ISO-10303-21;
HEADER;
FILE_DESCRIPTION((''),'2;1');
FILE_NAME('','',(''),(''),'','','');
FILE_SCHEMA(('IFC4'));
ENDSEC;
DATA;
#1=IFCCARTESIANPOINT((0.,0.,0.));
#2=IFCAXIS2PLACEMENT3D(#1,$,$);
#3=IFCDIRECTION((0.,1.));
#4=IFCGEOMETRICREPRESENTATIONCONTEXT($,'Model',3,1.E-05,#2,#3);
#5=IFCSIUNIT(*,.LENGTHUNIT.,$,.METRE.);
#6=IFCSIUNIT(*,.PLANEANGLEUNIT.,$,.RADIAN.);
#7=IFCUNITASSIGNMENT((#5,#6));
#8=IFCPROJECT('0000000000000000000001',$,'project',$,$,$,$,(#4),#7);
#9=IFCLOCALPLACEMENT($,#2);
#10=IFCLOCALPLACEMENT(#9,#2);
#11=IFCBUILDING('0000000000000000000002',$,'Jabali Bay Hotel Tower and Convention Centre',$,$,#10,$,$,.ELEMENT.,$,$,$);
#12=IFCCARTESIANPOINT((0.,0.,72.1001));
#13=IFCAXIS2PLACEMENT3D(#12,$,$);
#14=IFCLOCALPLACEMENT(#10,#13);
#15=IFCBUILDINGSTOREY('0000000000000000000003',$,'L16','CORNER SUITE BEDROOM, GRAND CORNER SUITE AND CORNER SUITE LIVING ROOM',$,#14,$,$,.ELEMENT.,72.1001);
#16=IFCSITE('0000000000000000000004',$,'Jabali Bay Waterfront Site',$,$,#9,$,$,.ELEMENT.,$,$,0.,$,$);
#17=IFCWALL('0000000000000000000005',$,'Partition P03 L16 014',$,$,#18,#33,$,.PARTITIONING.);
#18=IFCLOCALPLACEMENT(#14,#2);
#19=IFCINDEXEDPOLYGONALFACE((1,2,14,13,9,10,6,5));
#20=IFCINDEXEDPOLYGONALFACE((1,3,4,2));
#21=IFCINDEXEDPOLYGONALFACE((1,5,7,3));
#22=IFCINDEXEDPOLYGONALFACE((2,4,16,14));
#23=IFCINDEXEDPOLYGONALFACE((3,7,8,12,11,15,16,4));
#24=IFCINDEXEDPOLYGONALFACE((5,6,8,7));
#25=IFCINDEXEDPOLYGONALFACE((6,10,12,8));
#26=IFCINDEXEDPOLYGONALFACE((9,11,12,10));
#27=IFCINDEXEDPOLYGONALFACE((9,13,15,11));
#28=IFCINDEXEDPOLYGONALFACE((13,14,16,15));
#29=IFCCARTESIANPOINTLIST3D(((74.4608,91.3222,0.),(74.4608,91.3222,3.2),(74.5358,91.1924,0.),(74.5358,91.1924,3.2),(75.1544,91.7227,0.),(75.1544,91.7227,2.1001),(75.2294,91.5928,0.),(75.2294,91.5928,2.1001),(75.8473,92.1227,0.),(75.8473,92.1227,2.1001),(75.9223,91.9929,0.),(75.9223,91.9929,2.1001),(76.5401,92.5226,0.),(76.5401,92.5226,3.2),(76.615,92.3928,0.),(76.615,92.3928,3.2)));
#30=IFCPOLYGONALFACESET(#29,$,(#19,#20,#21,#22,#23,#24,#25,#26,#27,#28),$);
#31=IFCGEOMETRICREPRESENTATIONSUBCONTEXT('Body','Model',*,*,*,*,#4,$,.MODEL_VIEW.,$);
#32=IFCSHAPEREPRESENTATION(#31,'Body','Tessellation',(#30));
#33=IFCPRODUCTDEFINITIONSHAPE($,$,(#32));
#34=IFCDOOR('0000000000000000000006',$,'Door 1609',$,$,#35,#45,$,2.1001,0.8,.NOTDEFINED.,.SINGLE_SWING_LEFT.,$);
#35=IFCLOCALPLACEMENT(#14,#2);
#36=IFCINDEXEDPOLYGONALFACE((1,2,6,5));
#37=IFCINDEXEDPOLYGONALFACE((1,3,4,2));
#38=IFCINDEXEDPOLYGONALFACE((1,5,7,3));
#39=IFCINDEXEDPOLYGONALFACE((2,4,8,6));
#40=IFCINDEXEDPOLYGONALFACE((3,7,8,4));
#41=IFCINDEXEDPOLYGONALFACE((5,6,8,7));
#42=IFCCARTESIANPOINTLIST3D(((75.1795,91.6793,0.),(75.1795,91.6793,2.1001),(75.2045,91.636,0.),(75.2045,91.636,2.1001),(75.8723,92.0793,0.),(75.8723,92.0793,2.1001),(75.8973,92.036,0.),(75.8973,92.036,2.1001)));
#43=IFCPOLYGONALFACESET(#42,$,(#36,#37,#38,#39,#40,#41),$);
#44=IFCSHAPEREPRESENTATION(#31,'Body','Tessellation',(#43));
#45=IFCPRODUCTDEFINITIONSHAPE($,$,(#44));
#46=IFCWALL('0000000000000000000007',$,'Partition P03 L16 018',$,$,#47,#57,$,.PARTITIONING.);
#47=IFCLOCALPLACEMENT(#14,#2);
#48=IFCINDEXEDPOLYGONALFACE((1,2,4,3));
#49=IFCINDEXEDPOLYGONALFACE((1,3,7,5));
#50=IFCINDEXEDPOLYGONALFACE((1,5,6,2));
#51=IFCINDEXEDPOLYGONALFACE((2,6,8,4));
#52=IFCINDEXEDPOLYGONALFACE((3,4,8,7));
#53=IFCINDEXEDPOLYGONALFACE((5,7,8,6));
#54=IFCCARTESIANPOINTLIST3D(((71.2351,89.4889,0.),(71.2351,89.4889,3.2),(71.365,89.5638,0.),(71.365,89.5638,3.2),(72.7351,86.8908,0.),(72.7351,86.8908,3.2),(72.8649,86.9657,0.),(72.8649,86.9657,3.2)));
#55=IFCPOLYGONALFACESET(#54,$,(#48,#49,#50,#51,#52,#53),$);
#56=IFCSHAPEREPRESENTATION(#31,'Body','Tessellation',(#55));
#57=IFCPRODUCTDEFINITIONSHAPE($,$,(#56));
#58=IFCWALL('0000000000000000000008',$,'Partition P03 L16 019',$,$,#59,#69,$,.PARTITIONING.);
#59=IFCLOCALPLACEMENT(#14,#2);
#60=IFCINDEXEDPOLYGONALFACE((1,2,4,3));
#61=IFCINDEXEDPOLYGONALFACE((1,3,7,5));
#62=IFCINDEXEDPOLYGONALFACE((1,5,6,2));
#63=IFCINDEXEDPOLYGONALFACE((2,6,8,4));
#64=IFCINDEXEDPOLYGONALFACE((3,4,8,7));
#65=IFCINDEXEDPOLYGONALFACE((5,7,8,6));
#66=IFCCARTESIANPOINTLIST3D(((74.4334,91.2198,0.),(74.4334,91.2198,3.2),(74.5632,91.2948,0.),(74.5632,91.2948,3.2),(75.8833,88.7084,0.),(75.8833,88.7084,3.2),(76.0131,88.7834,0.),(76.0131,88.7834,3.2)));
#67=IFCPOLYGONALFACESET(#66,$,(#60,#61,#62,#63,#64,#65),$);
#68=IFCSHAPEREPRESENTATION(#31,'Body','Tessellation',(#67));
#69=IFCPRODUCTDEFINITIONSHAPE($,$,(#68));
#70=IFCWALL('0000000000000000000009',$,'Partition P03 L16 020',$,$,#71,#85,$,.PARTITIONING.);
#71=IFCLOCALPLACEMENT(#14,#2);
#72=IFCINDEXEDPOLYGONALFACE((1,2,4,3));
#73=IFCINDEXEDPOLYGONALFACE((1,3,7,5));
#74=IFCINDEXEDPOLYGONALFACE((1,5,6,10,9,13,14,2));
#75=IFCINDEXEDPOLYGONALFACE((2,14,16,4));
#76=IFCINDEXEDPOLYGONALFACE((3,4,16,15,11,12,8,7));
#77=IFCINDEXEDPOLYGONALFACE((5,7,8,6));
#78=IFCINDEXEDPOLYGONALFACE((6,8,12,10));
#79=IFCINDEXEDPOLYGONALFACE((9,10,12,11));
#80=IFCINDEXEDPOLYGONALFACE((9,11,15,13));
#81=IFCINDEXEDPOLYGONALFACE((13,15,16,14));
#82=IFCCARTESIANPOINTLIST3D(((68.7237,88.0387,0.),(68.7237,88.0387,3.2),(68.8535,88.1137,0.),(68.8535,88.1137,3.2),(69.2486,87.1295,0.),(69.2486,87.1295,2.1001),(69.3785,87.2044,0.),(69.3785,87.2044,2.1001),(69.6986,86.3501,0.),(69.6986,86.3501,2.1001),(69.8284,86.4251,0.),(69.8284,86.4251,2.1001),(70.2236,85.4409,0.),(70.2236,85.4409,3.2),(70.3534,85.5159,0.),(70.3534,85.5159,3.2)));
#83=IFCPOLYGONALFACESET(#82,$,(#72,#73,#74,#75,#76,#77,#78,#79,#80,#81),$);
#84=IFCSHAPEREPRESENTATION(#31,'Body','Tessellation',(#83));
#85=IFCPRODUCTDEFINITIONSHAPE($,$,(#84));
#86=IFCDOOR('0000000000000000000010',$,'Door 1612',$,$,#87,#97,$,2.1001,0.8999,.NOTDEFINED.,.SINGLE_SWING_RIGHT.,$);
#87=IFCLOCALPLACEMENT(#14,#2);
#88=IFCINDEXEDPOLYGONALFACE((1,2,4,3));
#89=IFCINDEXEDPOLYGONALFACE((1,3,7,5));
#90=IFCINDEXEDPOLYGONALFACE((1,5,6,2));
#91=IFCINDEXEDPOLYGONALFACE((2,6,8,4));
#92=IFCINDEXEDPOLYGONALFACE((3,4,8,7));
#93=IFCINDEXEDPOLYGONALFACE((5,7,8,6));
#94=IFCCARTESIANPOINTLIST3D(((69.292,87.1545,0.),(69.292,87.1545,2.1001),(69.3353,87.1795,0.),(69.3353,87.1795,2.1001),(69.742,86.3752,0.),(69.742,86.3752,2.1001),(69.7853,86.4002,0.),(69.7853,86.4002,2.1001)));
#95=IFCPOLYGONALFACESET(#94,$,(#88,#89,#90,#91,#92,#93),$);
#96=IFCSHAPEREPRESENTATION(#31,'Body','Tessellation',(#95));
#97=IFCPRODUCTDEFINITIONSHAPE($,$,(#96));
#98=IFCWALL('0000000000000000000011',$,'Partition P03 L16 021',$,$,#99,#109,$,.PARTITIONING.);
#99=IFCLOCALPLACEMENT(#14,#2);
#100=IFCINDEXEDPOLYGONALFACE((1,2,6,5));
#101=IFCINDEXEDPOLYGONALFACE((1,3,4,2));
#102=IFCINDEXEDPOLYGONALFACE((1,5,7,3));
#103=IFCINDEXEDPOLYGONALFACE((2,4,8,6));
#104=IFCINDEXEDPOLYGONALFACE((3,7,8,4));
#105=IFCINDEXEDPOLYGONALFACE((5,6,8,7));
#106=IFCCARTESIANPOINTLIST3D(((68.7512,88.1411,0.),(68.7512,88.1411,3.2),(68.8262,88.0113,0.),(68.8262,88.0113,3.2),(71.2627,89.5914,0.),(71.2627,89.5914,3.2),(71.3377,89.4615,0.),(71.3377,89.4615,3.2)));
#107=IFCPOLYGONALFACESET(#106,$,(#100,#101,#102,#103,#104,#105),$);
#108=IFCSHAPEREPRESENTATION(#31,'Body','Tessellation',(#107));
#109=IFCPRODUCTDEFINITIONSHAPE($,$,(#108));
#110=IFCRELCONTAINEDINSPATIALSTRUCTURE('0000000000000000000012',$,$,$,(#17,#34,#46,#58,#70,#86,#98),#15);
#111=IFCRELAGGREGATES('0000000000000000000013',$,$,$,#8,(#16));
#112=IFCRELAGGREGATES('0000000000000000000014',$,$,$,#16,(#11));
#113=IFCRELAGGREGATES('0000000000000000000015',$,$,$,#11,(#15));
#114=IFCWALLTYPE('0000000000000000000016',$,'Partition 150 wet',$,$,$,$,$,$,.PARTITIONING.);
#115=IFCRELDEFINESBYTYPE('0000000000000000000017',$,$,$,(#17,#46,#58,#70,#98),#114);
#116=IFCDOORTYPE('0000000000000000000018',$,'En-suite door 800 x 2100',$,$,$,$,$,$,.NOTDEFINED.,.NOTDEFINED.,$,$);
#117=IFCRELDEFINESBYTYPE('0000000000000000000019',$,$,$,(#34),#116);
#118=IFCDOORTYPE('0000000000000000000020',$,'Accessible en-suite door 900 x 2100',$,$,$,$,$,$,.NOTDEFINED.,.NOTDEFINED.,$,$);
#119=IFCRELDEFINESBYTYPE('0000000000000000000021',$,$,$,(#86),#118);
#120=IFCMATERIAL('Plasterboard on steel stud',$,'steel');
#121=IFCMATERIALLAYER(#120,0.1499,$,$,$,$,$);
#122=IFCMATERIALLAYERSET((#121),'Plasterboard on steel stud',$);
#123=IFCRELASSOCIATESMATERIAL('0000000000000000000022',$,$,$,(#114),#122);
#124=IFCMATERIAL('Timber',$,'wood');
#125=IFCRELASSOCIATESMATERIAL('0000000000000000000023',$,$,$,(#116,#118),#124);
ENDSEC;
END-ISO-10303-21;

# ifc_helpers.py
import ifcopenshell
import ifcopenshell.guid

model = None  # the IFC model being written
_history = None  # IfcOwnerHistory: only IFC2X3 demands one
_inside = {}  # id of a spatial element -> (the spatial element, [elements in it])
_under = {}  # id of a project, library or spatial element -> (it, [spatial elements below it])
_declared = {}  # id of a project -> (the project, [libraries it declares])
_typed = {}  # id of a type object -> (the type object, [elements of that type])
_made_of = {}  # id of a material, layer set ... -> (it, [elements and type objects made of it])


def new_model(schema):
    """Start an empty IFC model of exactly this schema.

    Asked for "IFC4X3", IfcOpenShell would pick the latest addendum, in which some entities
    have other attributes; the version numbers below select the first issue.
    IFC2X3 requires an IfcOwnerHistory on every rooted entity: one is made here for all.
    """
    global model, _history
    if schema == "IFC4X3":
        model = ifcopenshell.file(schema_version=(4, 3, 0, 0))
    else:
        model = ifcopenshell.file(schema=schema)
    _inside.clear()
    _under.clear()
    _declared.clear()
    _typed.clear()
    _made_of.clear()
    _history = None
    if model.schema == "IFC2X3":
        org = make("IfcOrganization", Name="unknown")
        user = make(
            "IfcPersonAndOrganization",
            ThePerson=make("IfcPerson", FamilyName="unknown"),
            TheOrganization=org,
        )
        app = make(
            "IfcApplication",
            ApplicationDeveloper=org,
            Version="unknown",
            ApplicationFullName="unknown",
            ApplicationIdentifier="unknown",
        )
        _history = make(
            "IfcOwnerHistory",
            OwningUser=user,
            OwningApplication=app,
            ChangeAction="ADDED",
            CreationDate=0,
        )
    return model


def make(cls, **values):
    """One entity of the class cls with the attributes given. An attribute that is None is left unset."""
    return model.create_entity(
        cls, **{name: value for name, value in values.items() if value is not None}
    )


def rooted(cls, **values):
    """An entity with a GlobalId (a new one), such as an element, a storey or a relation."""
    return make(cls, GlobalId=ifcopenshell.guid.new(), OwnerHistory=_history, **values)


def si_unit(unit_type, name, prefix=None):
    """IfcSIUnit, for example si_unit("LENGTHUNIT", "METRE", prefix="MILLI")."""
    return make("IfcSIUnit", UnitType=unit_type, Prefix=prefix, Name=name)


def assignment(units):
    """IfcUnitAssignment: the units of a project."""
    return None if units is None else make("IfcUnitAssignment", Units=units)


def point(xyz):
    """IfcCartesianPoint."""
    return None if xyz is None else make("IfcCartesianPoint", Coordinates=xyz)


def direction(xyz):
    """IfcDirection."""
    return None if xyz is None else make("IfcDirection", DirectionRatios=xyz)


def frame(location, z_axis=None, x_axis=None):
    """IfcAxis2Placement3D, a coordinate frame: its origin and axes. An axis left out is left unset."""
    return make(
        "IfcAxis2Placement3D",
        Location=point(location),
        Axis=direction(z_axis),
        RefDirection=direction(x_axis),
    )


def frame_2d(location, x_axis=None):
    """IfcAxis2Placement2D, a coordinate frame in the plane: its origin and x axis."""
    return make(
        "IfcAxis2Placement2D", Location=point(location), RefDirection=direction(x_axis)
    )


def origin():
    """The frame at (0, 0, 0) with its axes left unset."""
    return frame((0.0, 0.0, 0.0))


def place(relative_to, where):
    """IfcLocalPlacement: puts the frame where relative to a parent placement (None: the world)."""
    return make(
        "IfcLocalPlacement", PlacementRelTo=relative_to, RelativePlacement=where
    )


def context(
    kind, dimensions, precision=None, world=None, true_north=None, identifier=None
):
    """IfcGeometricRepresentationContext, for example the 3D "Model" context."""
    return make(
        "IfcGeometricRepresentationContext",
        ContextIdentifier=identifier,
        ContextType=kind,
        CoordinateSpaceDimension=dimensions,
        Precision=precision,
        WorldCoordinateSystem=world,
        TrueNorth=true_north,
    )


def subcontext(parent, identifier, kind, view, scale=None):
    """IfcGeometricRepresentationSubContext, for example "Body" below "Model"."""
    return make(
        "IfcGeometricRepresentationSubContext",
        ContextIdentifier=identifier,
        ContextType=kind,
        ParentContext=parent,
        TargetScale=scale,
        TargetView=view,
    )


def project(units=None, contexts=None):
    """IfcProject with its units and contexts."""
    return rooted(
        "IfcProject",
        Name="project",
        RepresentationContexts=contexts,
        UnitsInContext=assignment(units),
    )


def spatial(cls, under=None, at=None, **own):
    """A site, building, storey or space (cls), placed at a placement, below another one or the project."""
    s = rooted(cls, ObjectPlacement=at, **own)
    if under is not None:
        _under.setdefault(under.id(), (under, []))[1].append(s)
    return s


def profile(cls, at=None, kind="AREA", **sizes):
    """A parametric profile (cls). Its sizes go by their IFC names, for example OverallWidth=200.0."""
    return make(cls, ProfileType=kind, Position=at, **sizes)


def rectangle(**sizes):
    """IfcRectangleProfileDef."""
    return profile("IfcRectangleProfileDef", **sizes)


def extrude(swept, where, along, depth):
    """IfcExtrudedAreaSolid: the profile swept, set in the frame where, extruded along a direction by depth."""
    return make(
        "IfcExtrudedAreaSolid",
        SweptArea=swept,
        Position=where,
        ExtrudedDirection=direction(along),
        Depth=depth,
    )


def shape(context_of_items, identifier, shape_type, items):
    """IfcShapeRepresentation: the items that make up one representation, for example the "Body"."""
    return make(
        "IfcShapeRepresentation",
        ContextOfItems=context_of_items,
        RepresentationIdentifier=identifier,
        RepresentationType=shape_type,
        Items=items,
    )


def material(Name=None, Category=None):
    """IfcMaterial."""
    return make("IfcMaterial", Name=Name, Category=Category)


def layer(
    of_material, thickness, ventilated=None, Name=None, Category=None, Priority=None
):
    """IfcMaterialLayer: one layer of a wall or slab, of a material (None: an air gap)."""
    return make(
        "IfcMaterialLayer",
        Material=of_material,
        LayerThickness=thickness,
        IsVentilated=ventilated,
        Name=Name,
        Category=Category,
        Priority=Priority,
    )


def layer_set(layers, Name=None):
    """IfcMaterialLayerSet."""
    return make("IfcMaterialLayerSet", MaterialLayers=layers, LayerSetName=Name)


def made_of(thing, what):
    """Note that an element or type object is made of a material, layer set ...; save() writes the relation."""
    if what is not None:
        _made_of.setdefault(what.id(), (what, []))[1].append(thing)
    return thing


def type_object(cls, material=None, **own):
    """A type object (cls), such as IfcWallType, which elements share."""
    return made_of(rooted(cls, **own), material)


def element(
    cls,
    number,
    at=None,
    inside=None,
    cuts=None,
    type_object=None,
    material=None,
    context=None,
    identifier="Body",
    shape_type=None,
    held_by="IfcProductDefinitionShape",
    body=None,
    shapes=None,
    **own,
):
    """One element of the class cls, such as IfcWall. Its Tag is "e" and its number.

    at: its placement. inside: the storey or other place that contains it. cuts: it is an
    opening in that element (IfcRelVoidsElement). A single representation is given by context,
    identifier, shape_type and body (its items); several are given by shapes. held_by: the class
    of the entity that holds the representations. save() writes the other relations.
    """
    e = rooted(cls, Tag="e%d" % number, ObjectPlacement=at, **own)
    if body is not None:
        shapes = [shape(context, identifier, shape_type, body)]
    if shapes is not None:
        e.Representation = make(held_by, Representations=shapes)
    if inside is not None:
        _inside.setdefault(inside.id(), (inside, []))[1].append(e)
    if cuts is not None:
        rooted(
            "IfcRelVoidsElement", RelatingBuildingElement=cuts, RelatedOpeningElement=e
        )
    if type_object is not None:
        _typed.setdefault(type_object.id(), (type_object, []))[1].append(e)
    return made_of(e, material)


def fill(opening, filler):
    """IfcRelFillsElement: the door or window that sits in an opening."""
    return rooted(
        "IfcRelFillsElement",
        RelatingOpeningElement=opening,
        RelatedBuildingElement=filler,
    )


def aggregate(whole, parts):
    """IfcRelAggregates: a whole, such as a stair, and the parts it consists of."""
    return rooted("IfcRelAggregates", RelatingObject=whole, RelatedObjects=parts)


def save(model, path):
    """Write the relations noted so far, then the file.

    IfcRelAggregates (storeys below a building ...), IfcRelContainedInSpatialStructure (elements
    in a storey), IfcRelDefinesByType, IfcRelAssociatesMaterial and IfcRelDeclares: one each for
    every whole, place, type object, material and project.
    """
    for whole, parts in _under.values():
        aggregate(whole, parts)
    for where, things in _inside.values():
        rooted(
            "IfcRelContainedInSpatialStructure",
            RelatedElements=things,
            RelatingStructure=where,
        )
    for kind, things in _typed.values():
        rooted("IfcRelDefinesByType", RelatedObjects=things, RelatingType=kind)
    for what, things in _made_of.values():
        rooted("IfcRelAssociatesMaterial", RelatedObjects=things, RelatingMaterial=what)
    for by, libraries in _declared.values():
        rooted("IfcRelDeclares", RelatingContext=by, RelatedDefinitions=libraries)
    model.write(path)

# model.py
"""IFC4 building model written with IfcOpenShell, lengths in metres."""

from ifc_helpers import new_model, si_unit, direction, frame, frame_2d, origin, place, context, subcontext, project, spatial, rectangle, extrude, material, layer, layer_set, type_object, element, fill, save


model = new_model("IFC4")

# Units and contexts
model_context = context("Model", 3, precision=1e-05, world=origin(), true_north=direction((0.0, 1.0)))
body_context = subcontext(model_context, "Body", "Model", "MODEL_VIEW")
ifc_project = project(units=[si_unit("LENGTHUNIT", "METRE"), si_unit("PLANEANGLEUNIT", "RADIAN")], contexts=[model_context])

# Site, building, storey
site_placement = place(None, origin())
site = spatial("IfcSite", under=ifc_project, at=site_placement, Name="Jabali Bay Waterfront Site", CompositionType="ELEMENT", RefElevation=0.0)
building_placement = place(site_placement, origin())
building = spatial("IfcBuilding", under=site, at=building_placement, Name="Jabali Bay Hotel Tower and Convention Centre", CompositionType="ELEMENT")
storey_placement = place(building_placement, frame((0.0, 0.0, 72.1001)))
storey = spatial("IfcBuildingStorey", under=building, at=storey_placement, Name="L16", Description="CORNER SUITE BEDROOM, GRAND CORNER SUITE AND CORNER SUITE LIVING ROOM", CompositionType="ELEMENT", Elevation=72.1001)

# Shared definitions
ifc_material_1 = material(Name="Timber", Category="wood")

# Shared definitions
ifc_material_2 = material(Name="Plasterboard on steel stud", Category="steel")

# Wall, opening, door
ifc_layer_1 = layer(ifc_material_2, 0.1499)
ifc_layer_set_1 = layer_set([ifc_layer_1], Name="Plasterboard on steel stud")
wall_type_1 = type_object("IfcWallType", Name="Partition 150 wet", PredefinedType="PARTITIONING", material=ifc_layer_set_1)
wall_1_placement = place(storey_placement, frame((74.4983, 91.2573, 0.0), z_axis=(0.0, 0.0, 1.0), x_axis=(0.866038, 0.499978, 0.0)))
wall_1 = element("IfcWall", 1, at=wall_1_placement, inside=storey, type_object=wall_type_1, Name="Partition P03 L16 014", PredefinedType="PARTITIONING", context=body_context, shape_type="SweptSolid", body=[
    extrude(rectangle(XDim=2.4009, YDim=0.1499, at=frame_2d((1.2004, 0.0))), origin(), (0.0, 0.0, 1.0), 3.2),
])
opening_1_placement = place(wall_1_placement, frame((0.801, 0.0, 0.0)))
opening_1 = element("IfcOpeningElement", 2, at=opening_1_placement, cuts=wall_1, PredefinedType="OPENING", context=body_context, shape_type="SweptSolid", body=[
    extrude(rectangle(XDim=0.8, YDim=2.1001, at=frame_2d((0.3999, 1.05))), frame((0.0, 0.0854, 0.0), z_axis=(0.0, -1.0, 0.0), x_axis=(1.0, 0.0, 0.0)), (0.0, 0.0, 1.0), 0.1709),
])
door_type_1 = type_object("IfcDoorType", Name="En-suite door 800 x 2100", OperationType="NOTDEFINED", PredefinedType="NOTDEFINED", material=ifc_material_1)
door_1_placement = place(opening_1_placement, origin())
door_1 = element("IfcDoor", 3, at=door_1_placement, inside=storey, type_object=door_type_1, Name="Door 1609", OperationType="SINGLE_SWING_LEFT", OverallHeight=2.1001, OverallWidth=0.8, PredefinedType="NOTDEFINED", context=body_context, shape_type="SweptSolid", body=[
    extrude(rectangle(XDim=0.8, YDim=2.1001, at=frame_2d((0.3999, 1.05))), frame((0.0, 0.0249, 0.0), z_axis=(0.0, -1.0, 0.0), x_axis=(1.0, 0.0, 0.0)), (0.0, 0.0, 1.0), 0.05),
])
fill(opening_1, door_1)

# Walls
wall_2_placement = place(storey_placement, frame((71.3, 89.5264, 0.0), z_axis=(0.0, 0.0, 1.0), x_axis=(0.49999, -0.866031, 0.0)))
element("IfcWall", 4, at=wall_2_placement, inside=storey, type_object=wall_type_1, Name="Partition P03 L16 018", PredefinedType="PARTITIONING", context=body_context, shape_type="SweptSolid", body=[
    extrude(rectangle(XDim=3.0, YDim=0.1499, at=frame_2d((1.5, 0.0))), origin(), (0.0, 0.0, 1.0), 3.2),
])
wall_3_placement = place(storey_placement, frame((74.4983, 91.2573, 0.0), z_axis=(0.0, 0.0, 1.0), x_axis=(0.499987, -0.866033, 0.0)))
element("IfcWall", 5, at=wall_3_placement, inside=storey, type_object=wall_type_1, Name="Partition P03 L16 019", PredefinedType="PARTITIONING", context=body_context, shape_type="SweptSolid", body=[
    extrude(rectangle(XDim=2.8999, YDim=0.1499, at=frame_2d((1.45, 0.0))), origin(), (0.0, 0.0, 1.0), 3.2),
])

# Wall, opening, door
wall_4_placement = place(storey_placement, frame((70.2886, 85.4783, 0.0), z_axis=(0.0, 0.0, 1.0), x_axis=(-0.500025, 0.866011, 0.0)))
wall_4 = element("IfcWall", 6, at=wall_4_placement, inside=storey, type_object=wall_type_1, Name="Partition P03 L16 020", PredefinedType="PARTITIONING", context=body_context, shape_type="SweptSolid", body=[
    extrude(rectangle(XDim=2.9998, YDim=0.1499, at=frame_2d((1.5, 0.0))), origin(), (0.0, 0.0, 1.0), 3.2),
])
opening_2_placement = place(wall_4_placement, frame((1.05, 0.0, 0.0)))
opening_2 = element("IfcOpeningElement", 7, at=opening_2_placement, cuts=wall_4, PredefinedType="OPENING", context=body_context, shape_type="SweptSolid", body=[
    extrude(rectangle(XDim=0.8999, YDim=2.1001, at=frame_2d((0.45, 1.05))), frame((0.0, 0.0854, 0.0), z_axis=(0.0, -1.0, 0.0), x_axis=(1.0, 0.0, 0.0)), (0.0, 0.0, 1.0), 0.1709),
])
door_type_2 = type_object("IfcDoorType", Name="Accessible en-suite door 900 x 2100", OperationType="NOTDEFINED", PredefinedType="NOTDEFINED", material=ifc_material_1)
door_2_placement = place(opening_2_placement, origin())
door_2 = element("IfcDoor", 8, at=door_2_placement, inside=storey, type_object=door_type_2, Name="Door 1612", OperationType="SINGLE_SWING_RIGHT", OverallHeight=2.1001, OverallWidth=0.8999, PredefinedType="NOTDEFINED", context=body_context, shape_type="SweptSolid", body=[
    extrude(rectangle(XDim=0.8999, YDim=2.1001, at=frame_2d((0.45, 1.05))), frame((0.0, 0.0249, 0.0), z_axis=(0.0, -1.0, 0.0), x_axis=(1.0, 0.0, 0.0)), (0.0, 0.0, 1.0), 0.05),
])
fill(opening_2, door_2)

# Wall
wall_5_placement = place(storey_placement, frame((68.7886, 88.0762, 0.0), z_axis=(0.0, 0.0, 1.0), x_axis=(0.865996, 0.50005, 0.0)))
element("IfcWall", 9, at=wall_5_placement, inside=storey, type_object=wall_type_1, Name="Partition P03 L16 021", PredefinedType="PARTITIONING", context=body_context, shape_type="SweptSolid", body=[
    extrude(rectangle(XDim=2.9001, YDim=0.1499, at=frame_2d((1.4502, 0.0))), origin(), (0.0, 0.0, 1.0), 3.2),
])

save(model, "model.ifc")
